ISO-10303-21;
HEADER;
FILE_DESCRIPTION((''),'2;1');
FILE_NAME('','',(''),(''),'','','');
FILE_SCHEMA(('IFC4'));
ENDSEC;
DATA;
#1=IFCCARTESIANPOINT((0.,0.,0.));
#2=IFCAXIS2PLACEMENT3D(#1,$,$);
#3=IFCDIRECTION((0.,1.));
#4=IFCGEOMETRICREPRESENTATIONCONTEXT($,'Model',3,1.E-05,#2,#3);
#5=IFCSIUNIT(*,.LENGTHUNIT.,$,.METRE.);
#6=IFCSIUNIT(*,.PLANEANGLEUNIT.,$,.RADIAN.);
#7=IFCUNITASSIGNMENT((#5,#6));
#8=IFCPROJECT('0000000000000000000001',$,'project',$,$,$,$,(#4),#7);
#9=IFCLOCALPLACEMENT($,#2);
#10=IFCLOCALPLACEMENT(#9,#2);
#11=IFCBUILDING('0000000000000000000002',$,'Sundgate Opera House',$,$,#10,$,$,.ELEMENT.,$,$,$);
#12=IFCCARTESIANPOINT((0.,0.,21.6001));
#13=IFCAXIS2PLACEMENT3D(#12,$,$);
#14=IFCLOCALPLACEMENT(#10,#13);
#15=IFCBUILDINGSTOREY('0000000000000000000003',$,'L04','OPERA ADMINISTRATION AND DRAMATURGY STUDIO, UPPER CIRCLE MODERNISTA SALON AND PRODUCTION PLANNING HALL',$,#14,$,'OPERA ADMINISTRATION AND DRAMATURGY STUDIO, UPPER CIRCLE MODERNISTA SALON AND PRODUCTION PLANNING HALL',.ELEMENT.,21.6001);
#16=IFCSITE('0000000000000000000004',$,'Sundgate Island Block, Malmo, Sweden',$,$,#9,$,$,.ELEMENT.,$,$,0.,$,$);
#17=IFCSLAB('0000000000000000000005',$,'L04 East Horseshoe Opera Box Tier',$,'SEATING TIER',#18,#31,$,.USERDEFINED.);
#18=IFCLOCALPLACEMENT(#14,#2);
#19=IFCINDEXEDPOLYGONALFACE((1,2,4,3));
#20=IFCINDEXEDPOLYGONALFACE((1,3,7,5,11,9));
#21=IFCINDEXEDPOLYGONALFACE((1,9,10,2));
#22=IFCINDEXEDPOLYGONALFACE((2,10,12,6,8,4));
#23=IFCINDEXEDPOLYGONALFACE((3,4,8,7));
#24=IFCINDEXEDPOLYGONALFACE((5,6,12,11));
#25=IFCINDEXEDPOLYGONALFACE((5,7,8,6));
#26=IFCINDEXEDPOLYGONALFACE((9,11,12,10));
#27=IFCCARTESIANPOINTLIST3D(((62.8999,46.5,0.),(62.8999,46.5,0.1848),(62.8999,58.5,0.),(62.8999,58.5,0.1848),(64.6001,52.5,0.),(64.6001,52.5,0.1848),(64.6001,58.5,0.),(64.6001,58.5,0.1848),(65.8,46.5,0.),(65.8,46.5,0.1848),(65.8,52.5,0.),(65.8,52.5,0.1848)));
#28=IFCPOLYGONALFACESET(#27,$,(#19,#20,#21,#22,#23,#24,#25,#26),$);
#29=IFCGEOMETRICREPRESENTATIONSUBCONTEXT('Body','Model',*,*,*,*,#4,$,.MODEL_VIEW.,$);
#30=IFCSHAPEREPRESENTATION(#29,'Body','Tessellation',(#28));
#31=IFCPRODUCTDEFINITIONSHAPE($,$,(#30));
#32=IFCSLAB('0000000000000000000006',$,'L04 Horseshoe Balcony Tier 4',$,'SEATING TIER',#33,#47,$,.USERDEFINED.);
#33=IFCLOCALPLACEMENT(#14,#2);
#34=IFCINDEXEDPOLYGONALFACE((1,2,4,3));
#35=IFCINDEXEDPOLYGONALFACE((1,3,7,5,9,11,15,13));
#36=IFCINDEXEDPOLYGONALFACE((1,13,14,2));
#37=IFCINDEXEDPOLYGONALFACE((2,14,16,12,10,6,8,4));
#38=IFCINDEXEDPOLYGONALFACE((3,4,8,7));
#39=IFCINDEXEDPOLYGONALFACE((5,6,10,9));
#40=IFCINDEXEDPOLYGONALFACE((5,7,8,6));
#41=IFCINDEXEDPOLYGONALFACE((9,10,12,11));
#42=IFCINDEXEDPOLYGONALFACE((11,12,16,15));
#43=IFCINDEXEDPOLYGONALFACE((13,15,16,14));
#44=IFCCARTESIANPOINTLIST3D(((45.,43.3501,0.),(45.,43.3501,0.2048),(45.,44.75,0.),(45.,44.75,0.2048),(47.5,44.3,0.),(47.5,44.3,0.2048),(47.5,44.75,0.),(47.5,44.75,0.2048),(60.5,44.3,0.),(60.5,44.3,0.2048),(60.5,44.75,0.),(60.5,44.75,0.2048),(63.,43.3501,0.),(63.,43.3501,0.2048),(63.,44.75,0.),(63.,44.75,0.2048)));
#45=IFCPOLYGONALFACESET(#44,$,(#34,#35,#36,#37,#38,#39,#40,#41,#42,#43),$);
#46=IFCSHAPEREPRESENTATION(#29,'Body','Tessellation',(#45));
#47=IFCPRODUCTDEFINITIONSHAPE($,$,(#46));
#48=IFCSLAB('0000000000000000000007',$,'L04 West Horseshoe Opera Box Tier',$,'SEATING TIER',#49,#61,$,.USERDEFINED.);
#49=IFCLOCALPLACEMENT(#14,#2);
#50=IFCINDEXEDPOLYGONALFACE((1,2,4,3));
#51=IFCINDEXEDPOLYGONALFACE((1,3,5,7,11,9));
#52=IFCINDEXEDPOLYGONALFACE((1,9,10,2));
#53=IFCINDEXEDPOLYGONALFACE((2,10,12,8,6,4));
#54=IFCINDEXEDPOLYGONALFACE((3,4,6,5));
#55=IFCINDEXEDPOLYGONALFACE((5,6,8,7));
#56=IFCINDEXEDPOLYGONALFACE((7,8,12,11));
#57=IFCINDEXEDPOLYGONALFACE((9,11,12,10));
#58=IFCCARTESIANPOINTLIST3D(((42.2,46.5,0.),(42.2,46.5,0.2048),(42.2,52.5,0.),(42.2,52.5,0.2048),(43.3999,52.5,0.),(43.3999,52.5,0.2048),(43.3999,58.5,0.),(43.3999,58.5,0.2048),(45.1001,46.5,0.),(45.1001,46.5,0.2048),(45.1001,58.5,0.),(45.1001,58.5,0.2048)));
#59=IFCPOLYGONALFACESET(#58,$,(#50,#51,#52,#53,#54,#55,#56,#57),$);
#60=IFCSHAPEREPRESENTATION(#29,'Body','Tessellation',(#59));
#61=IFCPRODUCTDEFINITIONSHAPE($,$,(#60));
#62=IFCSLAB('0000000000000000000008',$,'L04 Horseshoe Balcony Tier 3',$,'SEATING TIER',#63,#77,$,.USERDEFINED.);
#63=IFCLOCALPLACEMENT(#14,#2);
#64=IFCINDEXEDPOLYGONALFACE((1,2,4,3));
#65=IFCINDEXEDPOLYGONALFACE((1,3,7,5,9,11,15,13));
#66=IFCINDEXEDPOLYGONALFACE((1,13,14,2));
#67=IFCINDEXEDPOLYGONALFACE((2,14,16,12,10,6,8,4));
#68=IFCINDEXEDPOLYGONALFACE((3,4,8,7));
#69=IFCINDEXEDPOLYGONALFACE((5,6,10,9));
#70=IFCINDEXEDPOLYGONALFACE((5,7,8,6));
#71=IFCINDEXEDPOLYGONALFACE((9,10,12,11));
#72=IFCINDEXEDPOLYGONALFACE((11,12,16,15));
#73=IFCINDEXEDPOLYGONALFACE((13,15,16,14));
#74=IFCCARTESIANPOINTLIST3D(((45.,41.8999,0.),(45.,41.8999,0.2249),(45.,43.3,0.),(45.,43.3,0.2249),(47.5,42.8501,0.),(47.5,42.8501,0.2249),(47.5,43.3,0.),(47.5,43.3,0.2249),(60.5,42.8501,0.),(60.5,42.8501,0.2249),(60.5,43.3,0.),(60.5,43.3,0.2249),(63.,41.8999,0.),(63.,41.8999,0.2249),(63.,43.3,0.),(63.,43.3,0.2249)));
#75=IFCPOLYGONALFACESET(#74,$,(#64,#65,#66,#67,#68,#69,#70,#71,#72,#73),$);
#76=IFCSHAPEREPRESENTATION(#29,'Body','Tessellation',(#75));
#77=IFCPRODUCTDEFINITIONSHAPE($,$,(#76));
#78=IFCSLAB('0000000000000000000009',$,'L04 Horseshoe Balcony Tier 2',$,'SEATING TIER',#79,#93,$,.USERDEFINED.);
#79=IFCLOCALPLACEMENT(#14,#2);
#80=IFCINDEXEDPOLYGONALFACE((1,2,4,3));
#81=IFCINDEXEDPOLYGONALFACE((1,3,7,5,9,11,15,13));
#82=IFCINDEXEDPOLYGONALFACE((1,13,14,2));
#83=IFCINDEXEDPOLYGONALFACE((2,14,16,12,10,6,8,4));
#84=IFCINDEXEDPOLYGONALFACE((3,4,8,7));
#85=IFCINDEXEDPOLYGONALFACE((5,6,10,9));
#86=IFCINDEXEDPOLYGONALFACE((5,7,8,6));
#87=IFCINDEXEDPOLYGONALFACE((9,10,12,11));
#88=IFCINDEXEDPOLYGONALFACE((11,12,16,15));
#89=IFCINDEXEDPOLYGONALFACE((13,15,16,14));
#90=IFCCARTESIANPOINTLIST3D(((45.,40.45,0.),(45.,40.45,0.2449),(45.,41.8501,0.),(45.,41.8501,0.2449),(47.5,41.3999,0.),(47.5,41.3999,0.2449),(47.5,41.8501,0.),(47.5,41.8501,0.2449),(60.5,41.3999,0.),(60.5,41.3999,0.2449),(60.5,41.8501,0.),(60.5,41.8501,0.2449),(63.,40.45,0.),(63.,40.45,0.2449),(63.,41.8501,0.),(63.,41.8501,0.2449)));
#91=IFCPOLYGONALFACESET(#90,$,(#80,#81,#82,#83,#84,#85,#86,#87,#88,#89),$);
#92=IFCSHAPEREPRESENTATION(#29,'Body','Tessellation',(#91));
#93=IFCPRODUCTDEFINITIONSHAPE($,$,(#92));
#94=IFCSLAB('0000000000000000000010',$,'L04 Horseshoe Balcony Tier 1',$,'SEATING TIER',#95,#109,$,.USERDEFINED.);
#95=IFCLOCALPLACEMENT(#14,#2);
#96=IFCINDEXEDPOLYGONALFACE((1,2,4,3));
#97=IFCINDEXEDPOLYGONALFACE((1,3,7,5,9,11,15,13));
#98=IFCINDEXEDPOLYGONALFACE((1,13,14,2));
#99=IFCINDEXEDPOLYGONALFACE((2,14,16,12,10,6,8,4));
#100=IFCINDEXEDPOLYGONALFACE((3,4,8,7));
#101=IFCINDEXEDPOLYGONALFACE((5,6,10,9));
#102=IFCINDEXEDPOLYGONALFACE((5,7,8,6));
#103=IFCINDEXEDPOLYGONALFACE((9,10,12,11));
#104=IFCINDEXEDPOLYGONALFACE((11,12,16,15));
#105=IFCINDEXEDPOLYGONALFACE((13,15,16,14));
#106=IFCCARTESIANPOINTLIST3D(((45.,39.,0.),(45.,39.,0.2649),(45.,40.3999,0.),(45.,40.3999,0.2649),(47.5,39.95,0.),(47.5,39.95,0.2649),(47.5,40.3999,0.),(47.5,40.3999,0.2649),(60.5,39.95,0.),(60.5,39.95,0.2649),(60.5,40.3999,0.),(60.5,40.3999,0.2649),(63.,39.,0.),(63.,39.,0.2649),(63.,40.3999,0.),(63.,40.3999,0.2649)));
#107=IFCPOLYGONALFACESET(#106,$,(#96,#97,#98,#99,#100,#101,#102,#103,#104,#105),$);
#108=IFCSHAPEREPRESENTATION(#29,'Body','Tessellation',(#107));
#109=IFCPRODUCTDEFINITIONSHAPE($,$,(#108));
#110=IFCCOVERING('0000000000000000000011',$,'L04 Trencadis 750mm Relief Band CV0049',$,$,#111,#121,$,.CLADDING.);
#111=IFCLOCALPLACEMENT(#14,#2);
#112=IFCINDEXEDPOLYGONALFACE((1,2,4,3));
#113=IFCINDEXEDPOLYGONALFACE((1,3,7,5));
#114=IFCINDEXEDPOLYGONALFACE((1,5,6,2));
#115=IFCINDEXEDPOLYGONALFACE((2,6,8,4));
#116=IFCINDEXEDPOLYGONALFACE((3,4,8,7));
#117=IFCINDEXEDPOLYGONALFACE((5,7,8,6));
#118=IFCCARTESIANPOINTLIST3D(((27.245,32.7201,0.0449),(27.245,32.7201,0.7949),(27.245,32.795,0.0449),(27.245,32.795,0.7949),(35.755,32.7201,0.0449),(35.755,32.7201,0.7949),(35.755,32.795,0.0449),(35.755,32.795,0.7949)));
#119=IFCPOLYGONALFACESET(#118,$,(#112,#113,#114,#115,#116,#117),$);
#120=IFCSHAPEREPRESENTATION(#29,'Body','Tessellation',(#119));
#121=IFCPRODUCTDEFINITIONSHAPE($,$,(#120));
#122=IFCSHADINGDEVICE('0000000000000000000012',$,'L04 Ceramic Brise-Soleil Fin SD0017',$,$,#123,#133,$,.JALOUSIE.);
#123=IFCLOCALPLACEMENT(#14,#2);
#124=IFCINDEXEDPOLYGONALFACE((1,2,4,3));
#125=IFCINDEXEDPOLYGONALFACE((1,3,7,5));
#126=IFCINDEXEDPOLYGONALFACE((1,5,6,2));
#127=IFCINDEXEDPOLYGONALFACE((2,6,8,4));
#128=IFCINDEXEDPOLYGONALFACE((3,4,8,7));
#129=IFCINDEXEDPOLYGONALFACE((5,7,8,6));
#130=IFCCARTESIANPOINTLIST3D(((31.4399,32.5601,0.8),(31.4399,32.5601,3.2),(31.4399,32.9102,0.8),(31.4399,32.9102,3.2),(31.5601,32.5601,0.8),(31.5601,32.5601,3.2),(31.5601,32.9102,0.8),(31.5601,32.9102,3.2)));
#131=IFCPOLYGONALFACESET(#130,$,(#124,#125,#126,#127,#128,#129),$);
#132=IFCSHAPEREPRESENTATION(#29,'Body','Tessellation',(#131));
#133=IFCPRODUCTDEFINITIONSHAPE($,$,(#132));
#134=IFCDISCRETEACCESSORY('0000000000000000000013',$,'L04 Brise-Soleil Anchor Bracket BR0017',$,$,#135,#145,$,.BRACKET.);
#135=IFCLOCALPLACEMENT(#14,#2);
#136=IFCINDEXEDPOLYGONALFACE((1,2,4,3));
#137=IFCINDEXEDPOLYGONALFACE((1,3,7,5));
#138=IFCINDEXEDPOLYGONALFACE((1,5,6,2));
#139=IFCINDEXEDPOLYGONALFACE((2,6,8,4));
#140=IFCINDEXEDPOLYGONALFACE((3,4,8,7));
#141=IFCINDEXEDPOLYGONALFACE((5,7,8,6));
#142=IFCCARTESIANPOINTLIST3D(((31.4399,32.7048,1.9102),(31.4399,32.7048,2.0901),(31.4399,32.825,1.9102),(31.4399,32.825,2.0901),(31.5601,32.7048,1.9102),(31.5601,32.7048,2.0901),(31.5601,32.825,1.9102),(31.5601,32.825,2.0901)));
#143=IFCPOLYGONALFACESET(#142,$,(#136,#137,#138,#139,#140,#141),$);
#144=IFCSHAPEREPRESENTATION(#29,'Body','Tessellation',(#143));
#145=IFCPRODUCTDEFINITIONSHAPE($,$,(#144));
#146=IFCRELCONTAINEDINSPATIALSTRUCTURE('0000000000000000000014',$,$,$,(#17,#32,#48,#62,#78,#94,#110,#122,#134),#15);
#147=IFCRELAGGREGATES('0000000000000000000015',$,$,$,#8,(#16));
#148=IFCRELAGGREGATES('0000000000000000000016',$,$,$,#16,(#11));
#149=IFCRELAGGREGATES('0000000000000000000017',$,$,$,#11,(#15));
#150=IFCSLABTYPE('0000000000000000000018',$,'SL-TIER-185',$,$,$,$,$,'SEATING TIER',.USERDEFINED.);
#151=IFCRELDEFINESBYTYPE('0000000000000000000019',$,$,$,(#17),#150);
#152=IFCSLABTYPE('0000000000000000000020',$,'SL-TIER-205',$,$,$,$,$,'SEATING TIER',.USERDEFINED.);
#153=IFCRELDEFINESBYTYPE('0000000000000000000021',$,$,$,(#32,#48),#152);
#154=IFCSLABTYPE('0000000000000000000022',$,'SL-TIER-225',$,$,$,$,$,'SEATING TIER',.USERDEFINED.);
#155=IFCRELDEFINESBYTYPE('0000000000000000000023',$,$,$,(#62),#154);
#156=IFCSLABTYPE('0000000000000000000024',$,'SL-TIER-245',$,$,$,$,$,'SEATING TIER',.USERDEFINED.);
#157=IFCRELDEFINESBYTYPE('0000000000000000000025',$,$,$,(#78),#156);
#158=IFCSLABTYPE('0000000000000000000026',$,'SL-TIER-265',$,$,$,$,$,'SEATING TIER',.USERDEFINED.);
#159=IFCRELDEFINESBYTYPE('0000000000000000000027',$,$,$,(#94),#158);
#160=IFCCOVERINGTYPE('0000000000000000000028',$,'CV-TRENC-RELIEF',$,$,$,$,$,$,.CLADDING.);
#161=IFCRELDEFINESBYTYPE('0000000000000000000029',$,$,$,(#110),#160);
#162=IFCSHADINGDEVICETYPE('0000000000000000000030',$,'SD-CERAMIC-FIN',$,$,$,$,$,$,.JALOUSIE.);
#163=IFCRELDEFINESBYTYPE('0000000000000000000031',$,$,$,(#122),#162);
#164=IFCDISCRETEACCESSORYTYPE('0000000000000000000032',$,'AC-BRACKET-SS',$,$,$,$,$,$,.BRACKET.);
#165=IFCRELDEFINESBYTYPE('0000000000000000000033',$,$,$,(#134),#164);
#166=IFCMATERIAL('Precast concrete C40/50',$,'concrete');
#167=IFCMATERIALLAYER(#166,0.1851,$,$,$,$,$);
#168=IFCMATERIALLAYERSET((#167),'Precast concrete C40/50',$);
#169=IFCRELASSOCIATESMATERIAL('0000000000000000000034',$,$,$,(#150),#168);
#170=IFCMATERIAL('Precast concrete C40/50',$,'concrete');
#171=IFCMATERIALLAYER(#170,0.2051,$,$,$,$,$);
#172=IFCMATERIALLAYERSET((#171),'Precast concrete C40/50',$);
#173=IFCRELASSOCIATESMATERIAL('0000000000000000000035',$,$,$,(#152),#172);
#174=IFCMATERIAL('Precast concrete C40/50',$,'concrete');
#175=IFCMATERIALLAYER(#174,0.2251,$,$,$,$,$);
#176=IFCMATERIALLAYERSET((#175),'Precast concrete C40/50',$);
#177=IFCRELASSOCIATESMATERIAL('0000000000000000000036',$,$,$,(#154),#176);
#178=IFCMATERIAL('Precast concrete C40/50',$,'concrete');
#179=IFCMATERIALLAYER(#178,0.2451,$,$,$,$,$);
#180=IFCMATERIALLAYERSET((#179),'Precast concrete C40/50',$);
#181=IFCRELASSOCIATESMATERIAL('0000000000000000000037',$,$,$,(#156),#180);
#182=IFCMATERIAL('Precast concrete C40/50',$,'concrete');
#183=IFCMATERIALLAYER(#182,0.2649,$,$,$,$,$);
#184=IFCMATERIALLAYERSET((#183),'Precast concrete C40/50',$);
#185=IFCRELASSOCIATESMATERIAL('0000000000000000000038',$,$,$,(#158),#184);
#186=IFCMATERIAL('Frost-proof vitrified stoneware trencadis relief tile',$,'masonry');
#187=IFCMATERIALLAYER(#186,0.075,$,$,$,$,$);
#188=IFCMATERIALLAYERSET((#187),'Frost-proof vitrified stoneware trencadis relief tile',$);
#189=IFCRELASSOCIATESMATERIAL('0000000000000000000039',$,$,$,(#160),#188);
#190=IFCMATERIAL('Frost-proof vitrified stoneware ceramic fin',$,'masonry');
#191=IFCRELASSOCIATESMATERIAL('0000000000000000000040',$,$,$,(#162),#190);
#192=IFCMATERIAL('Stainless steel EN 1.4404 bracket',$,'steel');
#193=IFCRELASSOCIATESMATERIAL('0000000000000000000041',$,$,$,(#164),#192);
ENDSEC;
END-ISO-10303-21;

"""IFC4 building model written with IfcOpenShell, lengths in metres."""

from ifc_helpers import new_model, si_unit, direction, frame, origin, origin_2d, place, context, subcontext, project, spatial, polyline, rectangle, outline, extrude, material, layer, layer_set, type_object, element, save


model = new_model("IFC4")

# Units and contexts
model_context = context("Model", 3, precision=1e-05, world=origin(), true_north=direction((0.0, 1.0)))
body_context = subcontext(model_context, "Body", "Model", "MODEL_VIEW")
ifc_project = project(units=[si_unit("LENGTHUNIT", "METRE"), si_unit("PLANEANGLEUNIT", "RADIAN")], contexts=[model_context])

# Site, building, storey
site_placement = place(None, origin())
site = spatial("IfcSite", under=ifc_project, at=site_placement, Name="Sundgate Island Block, Malmo, Sweden", CompositionType="ELEMENT", RefElevation=0.0)
building_placement = place(site_placement, origin())
building = spatial("IfcBuilding", under=site, at=building_placement, Name="Sundgate Opera House", CompositionType="ELEMENT")
storey_placement = place(building_placement, frame((0.0, 0.0, 21.6001)))
storey = spatial("IfcBuildingStorey", under=building, at=storey_placement, Name="L04", Description="OPERA ADMINISTRATION AND DRAMATURGY STUDIO, UPPER CIRCLE MODERNISTA SALON AND PRODUCTION PLANNING HALL", LongName="OPERA ADMINISTRATION AND DRAMATURGY STUDIO, UPPER CIRCLE MODERNISTA SALON AND PRODUCTION PLANNING HALL", CompositionType="ELEMENT", Elevation=21.6001)

# Slabs
ifc_material_1 = material(Name="Precast concrete C40/50", Category="concrete")
ifc_layer_1 = layer(ifc_material_1, 0.1851)
ifc_layer_set_1 = layer_set([ifc_layer_1], Name="Precast concrete C40/50")
slab_type_1 = type_object("IfcSlabType", Name="SL-TIER-185", ElementType="SEATING TIER", PredefinedType="USERDEFINED", material=ifc_layer_set_1)
slab_1_placement = place(storey_placement, origin())
element("IfcSlab", 1, at=slab_1_placement, inside=storey, type_object=slab_type_1, Name="L04 East Horseshoe Opera Box Tier", ObjectType="SEATING TIER", PredefinedType="USERDEFINED", context=body_context, shape_type="SweptSolid", body=[
    extrude(outline(polyline([(62.8999, 46.5), (65.8, 46.5), (65.8, 52.5), (64.6001, 52.5), (64.6001, 58.5), (62.8999, 58.5), (62.8999, 46.5)])), origin(), (0.0, 0.0, 1.0), 0.1848),
])
ifc_material_2 = material(Name="Precast concrete C40/50", Category="concrete")
ifc_layer_2 = layer(ifc_material_2, 0.2051)
ifc_layer_set_2 = layer_set([ifc_layer_2], Name="Precast concrete C40/50")
slab_type_2 = type_object("IfcSlabType", Name="SL-TIER-205", ElementType="SEATING TIER", PredefinedType="USERDEFINED", material=ifc_layer_set_2)
slab_2_placement = place(storey_placement, origin())
element("IfcSlab", 2, at=slab_2_placement, inside=storey, type_object=slab_type_2, Name="L04 Horseshoe Balcony Tier 4", ObjectType="SEATING TIER", PredefinedType="USERDEFINED", context=body_context, shape_type="SweptSolid", body=[
    extrude(outline(polyline([(45.0, 43.3501), (63.0, 43.3501), (63.0, 44.75), (60.5, 44.75), (60.5, 44.3), (47.5, 44.3), (47.5, 44.75), (45.0, 44.75), (45.0, 43.3501)])), origin(), (0.0, 0.0, 1.0), 0.2048),
])
slab_3_placement = place(storey_placement, origin())
element("IfcSlab", 3, at=slab_3_placement, inside=storey, type_object=slab_type_2, Name="L04 West Horseshoe Opera Box Tier", ObjectType="SEATING TIER", PredefinedType="USERDEFINED", context=body_context, shape_type="SweptSolid", body=[
    extrude(outline(polyline([(42.2, 46.5), (45.1001, 46.5), (45.1001, 58.5), (43.3999, 58.5), (43.3999, 52.5), (42.2, 52.5), (42.2, 46.5)])), origin(), (0.0, 0.0, 1.0), 0.2048),
])
ifc_material_3 = material(Name="Precast concrete C40/50", Category="concrete")
ifc_layer_3 = layer(ifc_material_3, 0.2251)
ifc_layer_set_3 = layer_set([ifc_layer_3], Name="Precast concrete C40/50")
slab_type_3 = type_object("IfcSlabType", Name="SL-TIER-225", ElementType="SEATING TIER", PredefinedType="USERDEFINED", material=ifc_layer_set_3)
slab_4_placement = place(storey_placement, origin())
element("IfcSlab", 4, at=slab_4_placement, inside=storey, type_object=slab_type_3, Name="L04 Horseshoe Balcony Tier 3", ObjectType="SEATING TIER", PredefinedType="USERDEFINED", context=body_context, shape_type="SweptSolid", body=[
    extrude(outline(polyline([(45.0, 41.8999), (63.0, 41.8999), (63.0, 43.3), (60.5, 43.3), (60.5, 42.8501), (47.5, 42.8501), (47.5, 43.3), (45.0, 43.3), (45.0, 41.8999)])), origin(), (0.0, 0.0, 1.0), 0.2249),
])
ifc_material_4 = material(Name="Precast concrete C40/50", Category="concrete")
ifc_layer_4 = layer(ifc_material_4, 0.2451)
ifc_layer_set_4 = layer_set([ifc_layer_4], Name="Precast concrete C40/50")
slab_type_4 = type_object("IfcSlabType", Name="SL-TIER-245", ElementType="SEATING TIER", PredefinedType="USERDEFINED", material=ifc_layer_set_4)
slab_5_placement = place(storey_placement, origin())
element("IfcSlab", 5, at=slab_5_placement, inside=storey, type_object=slab_type_4, Name="L04 Horseshoe Balcony Tier 2", ObjectType="SEATING TIER", PredefinedType="USERDEFINED", context=body_context, shape_type="SweptSolid", body=[
    extrude(outline(polyline([(45.0, 40.45), (63.0, 40.45), (63.0, 41.8501), (60.5, 41.8501), (60.5, 41.3999), (47.5, 41.3999), (47.5, 41.8501), (45.0, 41.8501), (45.0, 40.45)])), origin(), (0.0, 0.0, 1.0), 0.2449),
])
ifc_material_5 = material(Name="Precast concrete C40/50", Category="concrete")
ifc_layer_5 = layer(ifc_material_5, 0.2649)
ifc_layer_set_5 = layer_set([ifc_layer_5], Name="Precast concrete C40/50")
slab_type_5 = type_object("IfcSlabType", Name="SL-TIER-265", ElementType="SEATING TIER", PredefinedType="USERDEFINED", material=ifc_layer_set_5)
slab_6_placement = place(storey_placement, origin())
element("IfcSlab", 6, at=slab_6_placement, inside=storey, type_object=slab_type_5, Name="L04 Horseshoe Balcony Tier 1", ObjectType="SEATING TIER", PredefinedType="USERDEFINED", context=body_context, shape_type="SweptSolid", body=[
    extrude(outline(polyline([(45.0, 39.0), (63.0, 39.0), (63.0, 40.3999), (60.5, 40.3999), (60.5, 39.95), (47.5, 39.95), (47.5, 40.3999), (45.0, 40.3999), (45.0, 39.0)])), origin(), (0.0, 0.0, 1.0), 0.2649),
])

# Covering
ifc_material_6 = material(Name="Frost-proof vitrified stoneware trencadis relief tile", Category="masonry")
ifc_layer_6 = layer(ifc_material_6, 0.075)
ifc_layer_set_6 = layer_set([ifc_layer_6], Name="Frost-proof vitrified stoneware trencadis relief tile")
covering_type = type_object("IfcCoveringType", Name="CV-TRENC-RELIEF", PredefinedType="CLADDING", material=ifc_layer_set_6)
covering_placement = place(storey_placement, frame((31.5, 32.7576, 0.0449), z_axis=(0.0, 0.0, 1.0), x_axis=(1.0, 0.0, 0.0)))
element("IfcCovering", 7, at=covering_placement, inside=storey, type_object=covering_type, Name="L04 Trencadis 750mm Relief Band CV0049", PredefinedType="CLADDING", context=body_context, shape_type="SweptSolid", body=[
    extrude(rectangle(XDim=8.51, YDim=0.075, at=origin_2d()), origin(), (0.0, 0.0, 1.0), 0.75),
])

# Shading device
ifc_material_7 = material(Name="Frost-proof vitrified stoneware ceramic fin", Category="masonry")
shading_device_type = type_object("IfcShadingDeviceType", Name="SD-CERAMIC-FIN", PredefinedType="JALOUSIE", material=ifc_material_7)
shading_device_placement = place(storey_placement, frame((31.5, 32.7351, 0.8), z_axis=(0.0, 0.0, 1.0), x_axis=(1.0, 0.0, 0.0)))
element("IfcShadingDevice", 8, at=shading_device_placement, inside=storey, type_object=shading_device_type, Name="L04 Ceramic Brise-Soleil Fin SD0017", PredefinedType="JALOUSIE", context=body_context, shape_type="SweptSolid", body=[
    extrude(rectangle(XDim=0.1201, YDim=0.3501, at=origin_2d()), origin(), (0.0, 0.0, 1.0), 2.3999),
])

# Discrete accessory
ifc_material_8 = material(Name="Stainless steel EN 1.4404 bracket", Category="steel")
discrete_accessory_type = type_object("IfcDiscreteAccessoryType", Name="AC-BRACKET-SS", PredefinedType="BRACKET", material=ifc_material_8)
discrete_accessory_placement = place(storey_placement, frame((31.5, 32.7649, 1.9102), z_axis=(0.0, 0.0, 1.0), x_axis=(1.0, 0.0, 0.0)))
element("IfcDiscreteAccessory", 9, at=discrete_accessory_placement, inside=storey, type_object=discrete_accessory_type, Name="L04 Brise-Soleil Anchor Bracket BR0017", PredefinedType="BRACKET", context=body_context, shape_type="SweptSolid", body=[
    extrude(rectangle(XDim=0.1201, YDim=0.1201, at=origin_2d()), origin(), (0.0, 0.0, 1.0), 0.1799),
])

save(model, "model.ifc")
